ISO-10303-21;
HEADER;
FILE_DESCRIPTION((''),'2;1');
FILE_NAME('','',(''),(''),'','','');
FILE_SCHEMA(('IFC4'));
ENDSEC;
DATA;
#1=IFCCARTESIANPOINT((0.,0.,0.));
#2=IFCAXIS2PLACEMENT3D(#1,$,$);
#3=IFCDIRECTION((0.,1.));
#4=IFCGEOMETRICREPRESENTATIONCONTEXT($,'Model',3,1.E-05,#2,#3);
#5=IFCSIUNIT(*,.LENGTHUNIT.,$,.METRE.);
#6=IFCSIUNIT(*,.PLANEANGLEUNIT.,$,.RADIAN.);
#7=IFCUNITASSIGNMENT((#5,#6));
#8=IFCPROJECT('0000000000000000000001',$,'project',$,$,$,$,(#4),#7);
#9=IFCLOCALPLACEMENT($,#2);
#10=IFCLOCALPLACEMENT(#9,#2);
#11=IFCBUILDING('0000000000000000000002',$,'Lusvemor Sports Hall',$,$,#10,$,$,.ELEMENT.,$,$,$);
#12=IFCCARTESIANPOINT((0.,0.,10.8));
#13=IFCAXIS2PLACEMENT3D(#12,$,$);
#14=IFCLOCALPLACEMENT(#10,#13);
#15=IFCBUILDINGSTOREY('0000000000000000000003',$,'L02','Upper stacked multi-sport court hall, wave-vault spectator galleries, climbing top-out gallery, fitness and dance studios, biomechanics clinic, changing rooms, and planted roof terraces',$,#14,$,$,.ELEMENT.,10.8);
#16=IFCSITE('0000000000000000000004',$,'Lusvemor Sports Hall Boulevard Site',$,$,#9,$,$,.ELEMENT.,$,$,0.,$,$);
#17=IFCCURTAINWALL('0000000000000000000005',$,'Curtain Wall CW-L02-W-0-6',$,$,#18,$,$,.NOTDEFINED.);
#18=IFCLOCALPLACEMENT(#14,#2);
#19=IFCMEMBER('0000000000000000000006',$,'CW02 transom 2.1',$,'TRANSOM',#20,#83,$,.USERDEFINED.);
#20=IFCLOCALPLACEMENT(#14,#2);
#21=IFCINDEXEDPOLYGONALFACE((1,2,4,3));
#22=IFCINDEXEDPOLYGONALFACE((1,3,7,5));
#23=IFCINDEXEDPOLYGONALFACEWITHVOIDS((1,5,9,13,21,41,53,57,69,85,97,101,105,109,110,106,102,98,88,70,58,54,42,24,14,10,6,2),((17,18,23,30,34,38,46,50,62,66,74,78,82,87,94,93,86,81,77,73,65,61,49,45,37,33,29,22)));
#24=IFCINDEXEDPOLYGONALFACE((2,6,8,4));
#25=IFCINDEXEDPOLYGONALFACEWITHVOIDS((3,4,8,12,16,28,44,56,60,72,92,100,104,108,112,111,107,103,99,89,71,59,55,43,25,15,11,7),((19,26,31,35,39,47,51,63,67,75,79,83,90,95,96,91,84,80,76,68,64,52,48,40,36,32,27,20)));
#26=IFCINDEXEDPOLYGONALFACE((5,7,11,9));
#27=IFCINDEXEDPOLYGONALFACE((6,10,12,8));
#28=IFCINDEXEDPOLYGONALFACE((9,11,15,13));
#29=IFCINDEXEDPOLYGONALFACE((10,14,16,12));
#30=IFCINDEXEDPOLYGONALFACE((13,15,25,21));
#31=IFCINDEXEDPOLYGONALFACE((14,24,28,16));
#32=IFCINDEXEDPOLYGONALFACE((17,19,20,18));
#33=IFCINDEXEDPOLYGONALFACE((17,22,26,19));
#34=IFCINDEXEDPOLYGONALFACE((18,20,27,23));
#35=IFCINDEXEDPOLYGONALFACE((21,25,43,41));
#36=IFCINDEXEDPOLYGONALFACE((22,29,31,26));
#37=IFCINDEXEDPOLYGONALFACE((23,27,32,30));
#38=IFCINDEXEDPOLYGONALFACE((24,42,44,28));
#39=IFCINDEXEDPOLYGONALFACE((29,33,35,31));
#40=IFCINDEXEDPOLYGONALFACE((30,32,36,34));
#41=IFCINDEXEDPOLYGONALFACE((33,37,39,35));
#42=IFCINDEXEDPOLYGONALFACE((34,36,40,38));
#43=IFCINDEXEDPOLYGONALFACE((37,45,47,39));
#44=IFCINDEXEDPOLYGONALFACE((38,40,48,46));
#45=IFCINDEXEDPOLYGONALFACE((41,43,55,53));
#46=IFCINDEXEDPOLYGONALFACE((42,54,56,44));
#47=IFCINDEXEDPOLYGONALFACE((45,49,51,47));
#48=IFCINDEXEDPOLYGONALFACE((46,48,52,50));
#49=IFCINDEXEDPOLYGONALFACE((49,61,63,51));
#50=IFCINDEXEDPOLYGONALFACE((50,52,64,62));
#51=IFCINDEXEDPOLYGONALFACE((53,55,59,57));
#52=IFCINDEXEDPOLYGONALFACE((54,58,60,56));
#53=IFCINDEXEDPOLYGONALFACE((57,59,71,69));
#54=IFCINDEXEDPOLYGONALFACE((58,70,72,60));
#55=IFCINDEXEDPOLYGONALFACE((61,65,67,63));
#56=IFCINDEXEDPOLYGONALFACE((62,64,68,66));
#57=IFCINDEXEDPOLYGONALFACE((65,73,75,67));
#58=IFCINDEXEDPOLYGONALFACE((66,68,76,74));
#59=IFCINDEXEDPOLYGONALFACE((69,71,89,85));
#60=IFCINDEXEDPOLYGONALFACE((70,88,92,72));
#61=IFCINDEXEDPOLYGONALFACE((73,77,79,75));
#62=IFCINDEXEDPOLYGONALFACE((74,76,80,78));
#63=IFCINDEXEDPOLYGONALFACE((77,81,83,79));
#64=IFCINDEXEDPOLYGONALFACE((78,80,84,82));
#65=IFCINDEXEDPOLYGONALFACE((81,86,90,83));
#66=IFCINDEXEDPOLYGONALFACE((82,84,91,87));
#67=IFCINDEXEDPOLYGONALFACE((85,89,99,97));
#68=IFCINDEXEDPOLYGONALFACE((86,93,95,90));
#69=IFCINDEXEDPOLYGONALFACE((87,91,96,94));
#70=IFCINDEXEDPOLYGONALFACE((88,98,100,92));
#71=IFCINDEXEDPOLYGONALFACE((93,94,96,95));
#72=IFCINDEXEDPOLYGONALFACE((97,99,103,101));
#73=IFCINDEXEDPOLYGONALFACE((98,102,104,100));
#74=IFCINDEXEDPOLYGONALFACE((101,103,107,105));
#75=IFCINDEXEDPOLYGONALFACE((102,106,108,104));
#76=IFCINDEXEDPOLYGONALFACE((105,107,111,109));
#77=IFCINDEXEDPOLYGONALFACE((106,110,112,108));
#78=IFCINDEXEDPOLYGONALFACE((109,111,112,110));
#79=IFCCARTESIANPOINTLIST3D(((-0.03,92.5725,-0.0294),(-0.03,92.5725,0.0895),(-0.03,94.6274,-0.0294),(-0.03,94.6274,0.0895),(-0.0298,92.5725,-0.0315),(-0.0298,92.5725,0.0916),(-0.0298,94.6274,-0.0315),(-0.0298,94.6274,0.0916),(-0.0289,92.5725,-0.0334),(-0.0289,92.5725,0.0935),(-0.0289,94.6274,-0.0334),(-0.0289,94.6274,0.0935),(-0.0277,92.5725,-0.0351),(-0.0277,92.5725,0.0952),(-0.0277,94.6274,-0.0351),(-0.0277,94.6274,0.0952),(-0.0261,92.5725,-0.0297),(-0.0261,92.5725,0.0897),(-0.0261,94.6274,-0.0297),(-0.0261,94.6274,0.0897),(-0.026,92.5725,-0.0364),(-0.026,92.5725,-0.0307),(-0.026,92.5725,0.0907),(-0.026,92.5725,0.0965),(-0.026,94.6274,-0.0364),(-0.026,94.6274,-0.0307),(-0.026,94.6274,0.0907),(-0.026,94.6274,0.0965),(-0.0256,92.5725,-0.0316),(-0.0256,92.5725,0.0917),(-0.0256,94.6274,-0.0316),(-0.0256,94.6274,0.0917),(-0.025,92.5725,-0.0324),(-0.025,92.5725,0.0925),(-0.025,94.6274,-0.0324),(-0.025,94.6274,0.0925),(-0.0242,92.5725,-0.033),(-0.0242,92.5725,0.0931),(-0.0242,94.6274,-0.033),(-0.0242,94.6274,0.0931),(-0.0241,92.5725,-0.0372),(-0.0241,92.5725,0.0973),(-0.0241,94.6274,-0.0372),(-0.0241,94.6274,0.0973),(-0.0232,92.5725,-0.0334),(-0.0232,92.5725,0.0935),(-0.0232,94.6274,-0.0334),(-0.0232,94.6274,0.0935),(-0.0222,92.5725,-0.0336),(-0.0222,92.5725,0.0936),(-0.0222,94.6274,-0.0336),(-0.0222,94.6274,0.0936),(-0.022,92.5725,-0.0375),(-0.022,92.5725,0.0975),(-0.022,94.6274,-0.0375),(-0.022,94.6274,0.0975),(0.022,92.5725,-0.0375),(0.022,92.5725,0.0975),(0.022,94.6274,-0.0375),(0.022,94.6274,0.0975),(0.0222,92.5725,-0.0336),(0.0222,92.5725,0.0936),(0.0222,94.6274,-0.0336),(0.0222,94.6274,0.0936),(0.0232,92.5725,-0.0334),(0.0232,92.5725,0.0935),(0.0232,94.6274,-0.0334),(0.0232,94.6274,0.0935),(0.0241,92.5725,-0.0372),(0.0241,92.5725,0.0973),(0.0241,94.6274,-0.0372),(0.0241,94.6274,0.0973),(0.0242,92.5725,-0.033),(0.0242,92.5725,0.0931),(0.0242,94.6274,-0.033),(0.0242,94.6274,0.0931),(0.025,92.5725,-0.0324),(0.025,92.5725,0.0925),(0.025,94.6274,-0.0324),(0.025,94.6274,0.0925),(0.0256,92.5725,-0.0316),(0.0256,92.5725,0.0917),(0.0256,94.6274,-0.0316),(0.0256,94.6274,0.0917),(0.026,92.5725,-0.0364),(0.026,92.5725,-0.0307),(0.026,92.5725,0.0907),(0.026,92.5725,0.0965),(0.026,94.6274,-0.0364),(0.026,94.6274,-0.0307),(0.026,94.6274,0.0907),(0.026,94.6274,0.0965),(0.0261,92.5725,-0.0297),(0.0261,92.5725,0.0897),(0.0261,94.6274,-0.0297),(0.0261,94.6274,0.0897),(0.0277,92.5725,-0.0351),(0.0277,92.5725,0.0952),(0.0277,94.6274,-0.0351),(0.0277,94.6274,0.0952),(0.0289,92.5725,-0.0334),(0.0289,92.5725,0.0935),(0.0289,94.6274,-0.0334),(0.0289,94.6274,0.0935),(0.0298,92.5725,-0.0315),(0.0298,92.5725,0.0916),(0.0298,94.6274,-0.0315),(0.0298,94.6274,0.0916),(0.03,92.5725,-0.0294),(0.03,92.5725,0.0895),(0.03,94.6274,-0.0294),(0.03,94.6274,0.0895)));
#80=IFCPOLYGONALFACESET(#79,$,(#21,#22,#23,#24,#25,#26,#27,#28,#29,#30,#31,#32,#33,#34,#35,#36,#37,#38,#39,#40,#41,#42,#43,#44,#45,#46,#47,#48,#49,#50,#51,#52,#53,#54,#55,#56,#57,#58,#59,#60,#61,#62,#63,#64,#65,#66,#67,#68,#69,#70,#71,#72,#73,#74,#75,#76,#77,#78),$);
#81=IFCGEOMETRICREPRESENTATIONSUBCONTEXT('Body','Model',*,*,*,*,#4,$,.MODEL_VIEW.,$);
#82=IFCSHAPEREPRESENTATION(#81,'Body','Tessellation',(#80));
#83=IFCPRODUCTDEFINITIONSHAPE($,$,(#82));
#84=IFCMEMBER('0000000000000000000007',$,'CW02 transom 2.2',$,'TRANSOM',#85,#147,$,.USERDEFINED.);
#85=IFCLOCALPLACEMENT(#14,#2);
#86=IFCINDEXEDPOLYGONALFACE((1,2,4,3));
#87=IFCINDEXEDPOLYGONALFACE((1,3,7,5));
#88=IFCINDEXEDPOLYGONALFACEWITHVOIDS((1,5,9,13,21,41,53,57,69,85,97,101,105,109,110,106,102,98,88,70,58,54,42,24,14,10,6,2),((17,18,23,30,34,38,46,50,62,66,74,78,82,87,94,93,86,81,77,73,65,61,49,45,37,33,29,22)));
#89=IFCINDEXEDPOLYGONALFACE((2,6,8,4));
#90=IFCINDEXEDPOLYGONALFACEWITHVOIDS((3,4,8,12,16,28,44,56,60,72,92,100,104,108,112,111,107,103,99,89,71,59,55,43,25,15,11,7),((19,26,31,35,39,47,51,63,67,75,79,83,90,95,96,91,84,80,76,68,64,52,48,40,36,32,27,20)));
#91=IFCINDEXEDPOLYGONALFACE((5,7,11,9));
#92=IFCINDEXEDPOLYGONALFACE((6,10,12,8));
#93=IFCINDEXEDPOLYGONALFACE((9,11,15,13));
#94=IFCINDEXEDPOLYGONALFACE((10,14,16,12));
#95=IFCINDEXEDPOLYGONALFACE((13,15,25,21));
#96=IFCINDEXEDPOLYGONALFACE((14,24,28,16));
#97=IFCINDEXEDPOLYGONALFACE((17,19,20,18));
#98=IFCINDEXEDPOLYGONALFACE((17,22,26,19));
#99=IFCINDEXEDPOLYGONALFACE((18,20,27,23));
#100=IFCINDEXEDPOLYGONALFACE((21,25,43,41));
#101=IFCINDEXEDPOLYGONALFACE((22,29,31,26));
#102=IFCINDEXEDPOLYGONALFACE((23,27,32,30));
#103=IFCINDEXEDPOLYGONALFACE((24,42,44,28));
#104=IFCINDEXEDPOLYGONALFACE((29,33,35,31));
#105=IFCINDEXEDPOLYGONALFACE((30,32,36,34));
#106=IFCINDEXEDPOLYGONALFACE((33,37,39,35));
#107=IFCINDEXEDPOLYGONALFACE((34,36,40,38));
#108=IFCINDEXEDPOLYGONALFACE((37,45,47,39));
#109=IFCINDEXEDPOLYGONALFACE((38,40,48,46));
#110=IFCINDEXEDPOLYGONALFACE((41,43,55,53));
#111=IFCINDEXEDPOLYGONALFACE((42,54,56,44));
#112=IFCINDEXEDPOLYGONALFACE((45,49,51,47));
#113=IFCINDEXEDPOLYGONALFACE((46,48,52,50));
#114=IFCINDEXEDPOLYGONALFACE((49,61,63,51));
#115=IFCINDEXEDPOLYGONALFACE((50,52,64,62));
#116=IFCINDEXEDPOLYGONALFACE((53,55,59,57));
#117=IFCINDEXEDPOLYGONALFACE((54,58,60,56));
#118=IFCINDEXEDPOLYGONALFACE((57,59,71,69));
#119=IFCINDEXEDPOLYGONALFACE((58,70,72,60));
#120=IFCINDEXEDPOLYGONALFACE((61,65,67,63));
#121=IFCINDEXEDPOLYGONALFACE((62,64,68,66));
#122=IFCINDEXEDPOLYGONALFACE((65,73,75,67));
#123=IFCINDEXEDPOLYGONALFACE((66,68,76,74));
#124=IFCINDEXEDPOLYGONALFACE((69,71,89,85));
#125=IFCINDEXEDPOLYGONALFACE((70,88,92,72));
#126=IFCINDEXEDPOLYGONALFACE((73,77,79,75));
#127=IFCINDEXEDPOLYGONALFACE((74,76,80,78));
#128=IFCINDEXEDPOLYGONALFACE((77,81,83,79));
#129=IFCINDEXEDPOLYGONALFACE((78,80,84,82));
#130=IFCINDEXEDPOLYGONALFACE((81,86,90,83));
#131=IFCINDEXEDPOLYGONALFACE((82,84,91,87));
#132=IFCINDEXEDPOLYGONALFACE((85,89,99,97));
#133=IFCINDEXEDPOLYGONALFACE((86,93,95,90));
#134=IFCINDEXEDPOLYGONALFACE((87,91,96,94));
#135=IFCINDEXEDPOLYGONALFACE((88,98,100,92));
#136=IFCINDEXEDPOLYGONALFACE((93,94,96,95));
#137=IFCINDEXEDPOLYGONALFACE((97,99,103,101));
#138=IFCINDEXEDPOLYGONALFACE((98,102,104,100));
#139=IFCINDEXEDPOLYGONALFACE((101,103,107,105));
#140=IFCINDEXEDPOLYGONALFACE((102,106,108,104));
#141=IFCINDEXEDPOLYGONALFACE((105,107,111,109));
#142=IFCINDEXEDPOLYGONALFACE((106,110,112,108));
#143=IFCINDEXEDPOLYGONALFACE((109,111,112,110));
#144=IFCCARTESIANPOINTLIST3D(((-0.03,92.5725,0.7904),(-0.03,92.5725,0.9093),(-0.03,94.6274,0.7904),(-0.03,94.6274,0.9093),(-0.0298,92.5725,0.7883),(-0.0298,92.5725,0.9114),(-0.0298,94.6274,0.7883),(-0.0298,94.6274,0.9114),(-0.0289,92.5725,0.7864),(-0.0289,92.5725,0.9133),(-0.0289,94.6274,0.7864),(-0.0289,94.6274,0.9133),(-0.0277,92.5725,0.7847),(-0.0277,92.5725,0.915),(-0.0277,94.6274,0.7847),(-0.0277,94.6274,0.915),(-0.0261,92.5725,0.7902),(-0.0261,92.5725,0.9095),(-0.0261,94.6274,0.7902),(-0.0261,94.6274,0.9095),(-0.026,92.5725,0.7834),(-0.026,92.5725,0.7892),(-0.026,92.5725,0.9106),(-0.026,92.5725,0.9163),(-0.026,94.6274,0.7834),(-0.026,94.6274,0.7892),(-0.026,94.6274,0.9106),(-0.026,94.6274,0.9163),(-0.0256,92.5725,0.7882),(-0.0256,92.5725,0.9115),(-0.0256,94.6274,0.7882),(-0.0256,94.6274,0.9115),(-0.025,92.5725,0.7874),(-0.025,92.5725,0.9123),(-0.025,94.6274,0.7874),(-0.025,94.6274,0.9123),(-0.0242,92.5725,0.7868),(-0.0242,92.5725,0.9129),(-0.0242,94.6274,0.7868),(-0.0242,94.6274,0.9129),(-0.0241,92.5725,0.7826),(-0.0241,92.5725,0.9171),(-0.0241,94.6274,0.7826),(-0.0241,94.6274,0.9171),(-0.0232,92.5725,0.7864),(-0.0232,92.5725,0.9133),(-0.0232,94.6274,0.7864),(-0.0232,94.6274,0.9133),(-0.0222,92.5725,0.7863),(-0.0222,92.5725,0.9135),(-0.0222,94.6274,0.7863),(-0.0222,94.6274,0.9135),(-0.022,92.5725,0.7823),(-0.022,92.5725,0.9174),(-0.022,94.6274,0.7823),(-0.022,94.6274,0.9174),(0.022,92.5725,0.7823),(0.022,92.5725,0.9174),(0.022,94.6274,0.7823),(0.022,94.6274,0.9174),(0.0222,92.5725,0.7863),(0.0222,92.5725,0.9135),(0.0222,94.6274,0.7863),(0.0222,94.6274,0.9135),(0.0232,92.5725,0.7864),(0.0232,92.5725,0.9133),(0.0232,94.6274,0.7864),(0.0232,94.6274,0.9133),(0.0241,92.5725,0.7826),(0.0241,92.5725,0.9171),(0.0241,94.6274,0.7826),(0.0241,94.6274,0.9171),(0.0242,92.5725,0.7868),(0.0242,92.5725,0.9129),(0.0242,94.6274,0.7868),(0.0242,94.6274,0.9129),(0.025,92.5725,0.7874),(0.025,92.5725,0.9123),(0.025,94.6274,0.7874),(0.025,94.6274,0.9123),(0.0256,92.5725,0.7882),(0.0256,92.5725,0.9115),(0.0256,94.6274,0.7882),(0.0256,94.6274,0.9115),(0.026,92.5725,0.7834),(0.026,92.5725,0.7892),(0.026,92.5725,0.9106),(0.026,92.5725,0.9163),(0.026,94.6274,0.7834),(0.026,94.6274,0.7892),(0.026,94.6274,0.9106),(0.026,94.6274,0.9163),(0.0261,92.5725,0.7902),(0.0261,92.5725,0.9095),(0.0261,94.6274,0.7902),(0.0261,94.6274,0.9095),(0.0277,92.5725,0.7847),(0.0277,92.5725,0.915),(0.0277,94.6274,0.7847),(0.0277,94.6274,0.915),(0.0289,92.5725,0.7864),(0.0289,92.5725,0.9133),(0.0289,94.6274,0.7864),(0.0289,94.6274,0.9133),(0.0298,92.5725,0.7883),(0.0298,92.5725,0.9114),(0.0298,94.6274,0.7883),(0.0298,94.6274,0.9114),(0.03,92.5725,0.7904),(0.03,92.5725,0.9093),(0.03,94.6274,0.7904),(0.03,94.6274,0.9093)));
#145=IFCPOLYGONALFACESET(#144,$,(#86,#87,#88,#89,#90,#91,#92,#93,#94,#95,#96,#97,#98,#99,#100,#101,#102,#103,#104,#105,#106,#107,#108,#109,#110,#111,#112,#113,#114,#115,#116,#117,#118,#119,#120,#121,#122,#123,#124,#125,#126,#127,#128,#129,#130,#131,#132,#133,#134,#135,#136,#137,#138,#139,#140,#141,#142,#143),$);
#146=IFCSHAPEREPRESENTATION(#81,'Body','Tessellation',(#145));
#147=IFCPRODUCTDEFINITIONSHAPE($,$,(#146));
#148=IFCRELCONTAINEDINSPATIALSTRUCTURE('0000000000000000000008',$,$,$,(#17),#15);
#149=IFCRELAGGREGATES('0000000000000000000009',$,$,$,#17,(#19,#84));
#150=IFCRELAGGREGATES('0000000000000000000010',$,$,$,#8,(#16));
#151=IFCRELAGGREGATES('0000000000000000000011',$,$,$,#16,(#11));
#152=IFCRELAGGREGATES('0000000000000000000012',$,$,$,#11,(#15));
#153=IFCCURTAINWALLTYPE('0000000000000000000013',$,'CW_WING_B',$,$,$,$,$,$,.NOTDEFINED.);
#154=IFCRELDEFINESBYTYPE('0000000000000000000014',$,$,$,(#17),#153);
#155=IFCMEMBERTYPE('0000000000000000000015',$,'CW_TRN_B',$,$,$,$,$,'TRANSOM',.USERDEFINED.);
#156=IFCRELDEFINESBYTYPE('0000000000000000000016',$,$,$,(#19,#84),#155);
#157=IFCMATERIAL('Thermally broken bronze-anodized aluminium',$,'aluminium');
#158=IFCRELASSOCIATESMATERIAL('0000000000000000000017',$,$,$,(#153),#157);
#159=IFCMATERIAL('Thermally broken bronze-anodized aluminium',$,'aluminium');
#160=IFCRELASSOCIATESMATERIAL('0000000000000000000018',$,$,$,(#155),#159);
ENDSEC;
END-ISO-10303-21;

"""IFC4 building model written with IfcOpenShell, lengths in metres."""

from ifc_helpers import new_model, si_unit, direction, frame, origin, origin_2d, place, context, subcontext, project, spatial, hollow_rectangle, extrude, material, material_profile, profile_set, type_object, element, aggregate, save


model = new_model("IFC4")

# Units and contexts
model_context = context("Model", 3, precision=1e-05, world=origin(), true_north=direction((0.0, 1.0)))
body_context = subcontext(model_context, "Body", "Model", "MODEL_VIEW")
ifc_project = project(units=[si_unit("LENGTHUNIT", "METRE"), si_unit("PLANEANGLEUNIT", "RADIAN")], contexts=[model_context])

# Site, building, storey
site_placement = place(None, origin())
site = spatial("IfcSite", under=ifc_project, at=site_placement, Name="Lusvemor Sports Hall Boulevard Site", CompositionType="ELEMENT", RefElevation=0.0)
building_placement = place(site_placement, origin())
building = spatial("IfcBuilding", under=site, at=building_placement, Name="Lusvemor Sports Hall", CompositionType="ELEMENT")
storey_placement = place(building_placement, frame((0.0, 0.0, 10.8)))
storey = spatial("IfcBuildingStorey", under=building, at=storey_placement, Name="L02", Description="Upper stacked multi-sport court hall, wave-vault spectator galleries, climbing top-out gallery, fitness and dance studios, biomechanics clinic, changing rooms, and planted roof terraces", CompositionType="ELEMENT", Elevation=10.8)

# Curtain wall, members
ifc_material_1 = material(Name="Thermally broken bronze-anodized aluminium", Category="aluminium")
curtain_wall_type = type_object("IfcCurtainWallType", Name="CW_WING_B", PredefinedType="NOTDEFINED", material=ifc_material_1)
curtain_wall_placement = place(storey_placement, origin())
curtain_wall = element("IfcCurtainWall", 1, at=curtain_wall_placement, inside=storey, type_object=curtain_wall_type, Name="Curtain Wall CW-L02-W-0-6", PredefinedType="NOTDEFINED")
ifc_material_2 = material(Name="Thermally broken bronze-anodized aluminium", Category="aluminium")
ifc_material_profile_1 = material_profile(ifc_material_2, hollow_rectangle(XDim=0.0601, YDim=0.135, WallThickness=0.0039, InnerFilletRadius=0.0039, OuterFilletRadius=0.0081, at=origin_2d()), Name="CWTRN135x60x4")
ifc_profile_set_1 = profile_set([ifc_material_profile_1], Name="Thermally broken bronze-anodized aluminium")
member_type_1 = type_object("IfcMemberType", Name="CW_TRN_B", ElementType="TRANSOM", PredefinedType="USERDEFINED", material=ifc_profile_set_1)
member_1_placement = place(storey_placement, frame((0.0, 92.5725, 0.03), z_axis=(0.0, 1.0, 0.0), x_axis=(-1.0, 0.0, 0.0)))
member_1 = element("IfcMember", 2, at=member_1_placement, type_object=member_type_1, Name="CW02 transom 2.1", ObjectType="TRANSOM", PredefinedType="USERDEFINED", context=body_context, shape_type="SweptSolid", body=[
    extrude(hollow_rectangle(XDim=0.0601, YDim=0.135, WallThickness=0.0039, InnerFilletRadius=0.0039, OuterFilletRadius=0.0081, at=origin_2d()), origin(), (0.0, 0.0, 1.0), 2.0549),
])
member_2_placement = place(storey_placement, frame((0.0, 92.5725, 0.8499), z_axis=(0.0, 1.0, 0.0), x_axis=(-1.0, 0.0, 0.0)))
member_2 = element("IfcMember", 3, at=member_2_placement, type_object=member_type_1, Name="CW02 transom 2.2", ObjectType="TRANSOM", PredefinedType="USERDEFINED", context=body_context, shape_type="SweptSolid", body=[
    extrude(hollow_rectangle(XDim=0.0601, YDim=0.135, WallThickness=0.0039, InnerFilletRadius=0.0039, OuterFilletRadius=0.0081, at=origin_2d()), origin(), (0.0, 0.0, 1.0), 2.0549),
])

aggregate(curtain_wall, [member_1, member_2])

save(model, "model.ifc")
